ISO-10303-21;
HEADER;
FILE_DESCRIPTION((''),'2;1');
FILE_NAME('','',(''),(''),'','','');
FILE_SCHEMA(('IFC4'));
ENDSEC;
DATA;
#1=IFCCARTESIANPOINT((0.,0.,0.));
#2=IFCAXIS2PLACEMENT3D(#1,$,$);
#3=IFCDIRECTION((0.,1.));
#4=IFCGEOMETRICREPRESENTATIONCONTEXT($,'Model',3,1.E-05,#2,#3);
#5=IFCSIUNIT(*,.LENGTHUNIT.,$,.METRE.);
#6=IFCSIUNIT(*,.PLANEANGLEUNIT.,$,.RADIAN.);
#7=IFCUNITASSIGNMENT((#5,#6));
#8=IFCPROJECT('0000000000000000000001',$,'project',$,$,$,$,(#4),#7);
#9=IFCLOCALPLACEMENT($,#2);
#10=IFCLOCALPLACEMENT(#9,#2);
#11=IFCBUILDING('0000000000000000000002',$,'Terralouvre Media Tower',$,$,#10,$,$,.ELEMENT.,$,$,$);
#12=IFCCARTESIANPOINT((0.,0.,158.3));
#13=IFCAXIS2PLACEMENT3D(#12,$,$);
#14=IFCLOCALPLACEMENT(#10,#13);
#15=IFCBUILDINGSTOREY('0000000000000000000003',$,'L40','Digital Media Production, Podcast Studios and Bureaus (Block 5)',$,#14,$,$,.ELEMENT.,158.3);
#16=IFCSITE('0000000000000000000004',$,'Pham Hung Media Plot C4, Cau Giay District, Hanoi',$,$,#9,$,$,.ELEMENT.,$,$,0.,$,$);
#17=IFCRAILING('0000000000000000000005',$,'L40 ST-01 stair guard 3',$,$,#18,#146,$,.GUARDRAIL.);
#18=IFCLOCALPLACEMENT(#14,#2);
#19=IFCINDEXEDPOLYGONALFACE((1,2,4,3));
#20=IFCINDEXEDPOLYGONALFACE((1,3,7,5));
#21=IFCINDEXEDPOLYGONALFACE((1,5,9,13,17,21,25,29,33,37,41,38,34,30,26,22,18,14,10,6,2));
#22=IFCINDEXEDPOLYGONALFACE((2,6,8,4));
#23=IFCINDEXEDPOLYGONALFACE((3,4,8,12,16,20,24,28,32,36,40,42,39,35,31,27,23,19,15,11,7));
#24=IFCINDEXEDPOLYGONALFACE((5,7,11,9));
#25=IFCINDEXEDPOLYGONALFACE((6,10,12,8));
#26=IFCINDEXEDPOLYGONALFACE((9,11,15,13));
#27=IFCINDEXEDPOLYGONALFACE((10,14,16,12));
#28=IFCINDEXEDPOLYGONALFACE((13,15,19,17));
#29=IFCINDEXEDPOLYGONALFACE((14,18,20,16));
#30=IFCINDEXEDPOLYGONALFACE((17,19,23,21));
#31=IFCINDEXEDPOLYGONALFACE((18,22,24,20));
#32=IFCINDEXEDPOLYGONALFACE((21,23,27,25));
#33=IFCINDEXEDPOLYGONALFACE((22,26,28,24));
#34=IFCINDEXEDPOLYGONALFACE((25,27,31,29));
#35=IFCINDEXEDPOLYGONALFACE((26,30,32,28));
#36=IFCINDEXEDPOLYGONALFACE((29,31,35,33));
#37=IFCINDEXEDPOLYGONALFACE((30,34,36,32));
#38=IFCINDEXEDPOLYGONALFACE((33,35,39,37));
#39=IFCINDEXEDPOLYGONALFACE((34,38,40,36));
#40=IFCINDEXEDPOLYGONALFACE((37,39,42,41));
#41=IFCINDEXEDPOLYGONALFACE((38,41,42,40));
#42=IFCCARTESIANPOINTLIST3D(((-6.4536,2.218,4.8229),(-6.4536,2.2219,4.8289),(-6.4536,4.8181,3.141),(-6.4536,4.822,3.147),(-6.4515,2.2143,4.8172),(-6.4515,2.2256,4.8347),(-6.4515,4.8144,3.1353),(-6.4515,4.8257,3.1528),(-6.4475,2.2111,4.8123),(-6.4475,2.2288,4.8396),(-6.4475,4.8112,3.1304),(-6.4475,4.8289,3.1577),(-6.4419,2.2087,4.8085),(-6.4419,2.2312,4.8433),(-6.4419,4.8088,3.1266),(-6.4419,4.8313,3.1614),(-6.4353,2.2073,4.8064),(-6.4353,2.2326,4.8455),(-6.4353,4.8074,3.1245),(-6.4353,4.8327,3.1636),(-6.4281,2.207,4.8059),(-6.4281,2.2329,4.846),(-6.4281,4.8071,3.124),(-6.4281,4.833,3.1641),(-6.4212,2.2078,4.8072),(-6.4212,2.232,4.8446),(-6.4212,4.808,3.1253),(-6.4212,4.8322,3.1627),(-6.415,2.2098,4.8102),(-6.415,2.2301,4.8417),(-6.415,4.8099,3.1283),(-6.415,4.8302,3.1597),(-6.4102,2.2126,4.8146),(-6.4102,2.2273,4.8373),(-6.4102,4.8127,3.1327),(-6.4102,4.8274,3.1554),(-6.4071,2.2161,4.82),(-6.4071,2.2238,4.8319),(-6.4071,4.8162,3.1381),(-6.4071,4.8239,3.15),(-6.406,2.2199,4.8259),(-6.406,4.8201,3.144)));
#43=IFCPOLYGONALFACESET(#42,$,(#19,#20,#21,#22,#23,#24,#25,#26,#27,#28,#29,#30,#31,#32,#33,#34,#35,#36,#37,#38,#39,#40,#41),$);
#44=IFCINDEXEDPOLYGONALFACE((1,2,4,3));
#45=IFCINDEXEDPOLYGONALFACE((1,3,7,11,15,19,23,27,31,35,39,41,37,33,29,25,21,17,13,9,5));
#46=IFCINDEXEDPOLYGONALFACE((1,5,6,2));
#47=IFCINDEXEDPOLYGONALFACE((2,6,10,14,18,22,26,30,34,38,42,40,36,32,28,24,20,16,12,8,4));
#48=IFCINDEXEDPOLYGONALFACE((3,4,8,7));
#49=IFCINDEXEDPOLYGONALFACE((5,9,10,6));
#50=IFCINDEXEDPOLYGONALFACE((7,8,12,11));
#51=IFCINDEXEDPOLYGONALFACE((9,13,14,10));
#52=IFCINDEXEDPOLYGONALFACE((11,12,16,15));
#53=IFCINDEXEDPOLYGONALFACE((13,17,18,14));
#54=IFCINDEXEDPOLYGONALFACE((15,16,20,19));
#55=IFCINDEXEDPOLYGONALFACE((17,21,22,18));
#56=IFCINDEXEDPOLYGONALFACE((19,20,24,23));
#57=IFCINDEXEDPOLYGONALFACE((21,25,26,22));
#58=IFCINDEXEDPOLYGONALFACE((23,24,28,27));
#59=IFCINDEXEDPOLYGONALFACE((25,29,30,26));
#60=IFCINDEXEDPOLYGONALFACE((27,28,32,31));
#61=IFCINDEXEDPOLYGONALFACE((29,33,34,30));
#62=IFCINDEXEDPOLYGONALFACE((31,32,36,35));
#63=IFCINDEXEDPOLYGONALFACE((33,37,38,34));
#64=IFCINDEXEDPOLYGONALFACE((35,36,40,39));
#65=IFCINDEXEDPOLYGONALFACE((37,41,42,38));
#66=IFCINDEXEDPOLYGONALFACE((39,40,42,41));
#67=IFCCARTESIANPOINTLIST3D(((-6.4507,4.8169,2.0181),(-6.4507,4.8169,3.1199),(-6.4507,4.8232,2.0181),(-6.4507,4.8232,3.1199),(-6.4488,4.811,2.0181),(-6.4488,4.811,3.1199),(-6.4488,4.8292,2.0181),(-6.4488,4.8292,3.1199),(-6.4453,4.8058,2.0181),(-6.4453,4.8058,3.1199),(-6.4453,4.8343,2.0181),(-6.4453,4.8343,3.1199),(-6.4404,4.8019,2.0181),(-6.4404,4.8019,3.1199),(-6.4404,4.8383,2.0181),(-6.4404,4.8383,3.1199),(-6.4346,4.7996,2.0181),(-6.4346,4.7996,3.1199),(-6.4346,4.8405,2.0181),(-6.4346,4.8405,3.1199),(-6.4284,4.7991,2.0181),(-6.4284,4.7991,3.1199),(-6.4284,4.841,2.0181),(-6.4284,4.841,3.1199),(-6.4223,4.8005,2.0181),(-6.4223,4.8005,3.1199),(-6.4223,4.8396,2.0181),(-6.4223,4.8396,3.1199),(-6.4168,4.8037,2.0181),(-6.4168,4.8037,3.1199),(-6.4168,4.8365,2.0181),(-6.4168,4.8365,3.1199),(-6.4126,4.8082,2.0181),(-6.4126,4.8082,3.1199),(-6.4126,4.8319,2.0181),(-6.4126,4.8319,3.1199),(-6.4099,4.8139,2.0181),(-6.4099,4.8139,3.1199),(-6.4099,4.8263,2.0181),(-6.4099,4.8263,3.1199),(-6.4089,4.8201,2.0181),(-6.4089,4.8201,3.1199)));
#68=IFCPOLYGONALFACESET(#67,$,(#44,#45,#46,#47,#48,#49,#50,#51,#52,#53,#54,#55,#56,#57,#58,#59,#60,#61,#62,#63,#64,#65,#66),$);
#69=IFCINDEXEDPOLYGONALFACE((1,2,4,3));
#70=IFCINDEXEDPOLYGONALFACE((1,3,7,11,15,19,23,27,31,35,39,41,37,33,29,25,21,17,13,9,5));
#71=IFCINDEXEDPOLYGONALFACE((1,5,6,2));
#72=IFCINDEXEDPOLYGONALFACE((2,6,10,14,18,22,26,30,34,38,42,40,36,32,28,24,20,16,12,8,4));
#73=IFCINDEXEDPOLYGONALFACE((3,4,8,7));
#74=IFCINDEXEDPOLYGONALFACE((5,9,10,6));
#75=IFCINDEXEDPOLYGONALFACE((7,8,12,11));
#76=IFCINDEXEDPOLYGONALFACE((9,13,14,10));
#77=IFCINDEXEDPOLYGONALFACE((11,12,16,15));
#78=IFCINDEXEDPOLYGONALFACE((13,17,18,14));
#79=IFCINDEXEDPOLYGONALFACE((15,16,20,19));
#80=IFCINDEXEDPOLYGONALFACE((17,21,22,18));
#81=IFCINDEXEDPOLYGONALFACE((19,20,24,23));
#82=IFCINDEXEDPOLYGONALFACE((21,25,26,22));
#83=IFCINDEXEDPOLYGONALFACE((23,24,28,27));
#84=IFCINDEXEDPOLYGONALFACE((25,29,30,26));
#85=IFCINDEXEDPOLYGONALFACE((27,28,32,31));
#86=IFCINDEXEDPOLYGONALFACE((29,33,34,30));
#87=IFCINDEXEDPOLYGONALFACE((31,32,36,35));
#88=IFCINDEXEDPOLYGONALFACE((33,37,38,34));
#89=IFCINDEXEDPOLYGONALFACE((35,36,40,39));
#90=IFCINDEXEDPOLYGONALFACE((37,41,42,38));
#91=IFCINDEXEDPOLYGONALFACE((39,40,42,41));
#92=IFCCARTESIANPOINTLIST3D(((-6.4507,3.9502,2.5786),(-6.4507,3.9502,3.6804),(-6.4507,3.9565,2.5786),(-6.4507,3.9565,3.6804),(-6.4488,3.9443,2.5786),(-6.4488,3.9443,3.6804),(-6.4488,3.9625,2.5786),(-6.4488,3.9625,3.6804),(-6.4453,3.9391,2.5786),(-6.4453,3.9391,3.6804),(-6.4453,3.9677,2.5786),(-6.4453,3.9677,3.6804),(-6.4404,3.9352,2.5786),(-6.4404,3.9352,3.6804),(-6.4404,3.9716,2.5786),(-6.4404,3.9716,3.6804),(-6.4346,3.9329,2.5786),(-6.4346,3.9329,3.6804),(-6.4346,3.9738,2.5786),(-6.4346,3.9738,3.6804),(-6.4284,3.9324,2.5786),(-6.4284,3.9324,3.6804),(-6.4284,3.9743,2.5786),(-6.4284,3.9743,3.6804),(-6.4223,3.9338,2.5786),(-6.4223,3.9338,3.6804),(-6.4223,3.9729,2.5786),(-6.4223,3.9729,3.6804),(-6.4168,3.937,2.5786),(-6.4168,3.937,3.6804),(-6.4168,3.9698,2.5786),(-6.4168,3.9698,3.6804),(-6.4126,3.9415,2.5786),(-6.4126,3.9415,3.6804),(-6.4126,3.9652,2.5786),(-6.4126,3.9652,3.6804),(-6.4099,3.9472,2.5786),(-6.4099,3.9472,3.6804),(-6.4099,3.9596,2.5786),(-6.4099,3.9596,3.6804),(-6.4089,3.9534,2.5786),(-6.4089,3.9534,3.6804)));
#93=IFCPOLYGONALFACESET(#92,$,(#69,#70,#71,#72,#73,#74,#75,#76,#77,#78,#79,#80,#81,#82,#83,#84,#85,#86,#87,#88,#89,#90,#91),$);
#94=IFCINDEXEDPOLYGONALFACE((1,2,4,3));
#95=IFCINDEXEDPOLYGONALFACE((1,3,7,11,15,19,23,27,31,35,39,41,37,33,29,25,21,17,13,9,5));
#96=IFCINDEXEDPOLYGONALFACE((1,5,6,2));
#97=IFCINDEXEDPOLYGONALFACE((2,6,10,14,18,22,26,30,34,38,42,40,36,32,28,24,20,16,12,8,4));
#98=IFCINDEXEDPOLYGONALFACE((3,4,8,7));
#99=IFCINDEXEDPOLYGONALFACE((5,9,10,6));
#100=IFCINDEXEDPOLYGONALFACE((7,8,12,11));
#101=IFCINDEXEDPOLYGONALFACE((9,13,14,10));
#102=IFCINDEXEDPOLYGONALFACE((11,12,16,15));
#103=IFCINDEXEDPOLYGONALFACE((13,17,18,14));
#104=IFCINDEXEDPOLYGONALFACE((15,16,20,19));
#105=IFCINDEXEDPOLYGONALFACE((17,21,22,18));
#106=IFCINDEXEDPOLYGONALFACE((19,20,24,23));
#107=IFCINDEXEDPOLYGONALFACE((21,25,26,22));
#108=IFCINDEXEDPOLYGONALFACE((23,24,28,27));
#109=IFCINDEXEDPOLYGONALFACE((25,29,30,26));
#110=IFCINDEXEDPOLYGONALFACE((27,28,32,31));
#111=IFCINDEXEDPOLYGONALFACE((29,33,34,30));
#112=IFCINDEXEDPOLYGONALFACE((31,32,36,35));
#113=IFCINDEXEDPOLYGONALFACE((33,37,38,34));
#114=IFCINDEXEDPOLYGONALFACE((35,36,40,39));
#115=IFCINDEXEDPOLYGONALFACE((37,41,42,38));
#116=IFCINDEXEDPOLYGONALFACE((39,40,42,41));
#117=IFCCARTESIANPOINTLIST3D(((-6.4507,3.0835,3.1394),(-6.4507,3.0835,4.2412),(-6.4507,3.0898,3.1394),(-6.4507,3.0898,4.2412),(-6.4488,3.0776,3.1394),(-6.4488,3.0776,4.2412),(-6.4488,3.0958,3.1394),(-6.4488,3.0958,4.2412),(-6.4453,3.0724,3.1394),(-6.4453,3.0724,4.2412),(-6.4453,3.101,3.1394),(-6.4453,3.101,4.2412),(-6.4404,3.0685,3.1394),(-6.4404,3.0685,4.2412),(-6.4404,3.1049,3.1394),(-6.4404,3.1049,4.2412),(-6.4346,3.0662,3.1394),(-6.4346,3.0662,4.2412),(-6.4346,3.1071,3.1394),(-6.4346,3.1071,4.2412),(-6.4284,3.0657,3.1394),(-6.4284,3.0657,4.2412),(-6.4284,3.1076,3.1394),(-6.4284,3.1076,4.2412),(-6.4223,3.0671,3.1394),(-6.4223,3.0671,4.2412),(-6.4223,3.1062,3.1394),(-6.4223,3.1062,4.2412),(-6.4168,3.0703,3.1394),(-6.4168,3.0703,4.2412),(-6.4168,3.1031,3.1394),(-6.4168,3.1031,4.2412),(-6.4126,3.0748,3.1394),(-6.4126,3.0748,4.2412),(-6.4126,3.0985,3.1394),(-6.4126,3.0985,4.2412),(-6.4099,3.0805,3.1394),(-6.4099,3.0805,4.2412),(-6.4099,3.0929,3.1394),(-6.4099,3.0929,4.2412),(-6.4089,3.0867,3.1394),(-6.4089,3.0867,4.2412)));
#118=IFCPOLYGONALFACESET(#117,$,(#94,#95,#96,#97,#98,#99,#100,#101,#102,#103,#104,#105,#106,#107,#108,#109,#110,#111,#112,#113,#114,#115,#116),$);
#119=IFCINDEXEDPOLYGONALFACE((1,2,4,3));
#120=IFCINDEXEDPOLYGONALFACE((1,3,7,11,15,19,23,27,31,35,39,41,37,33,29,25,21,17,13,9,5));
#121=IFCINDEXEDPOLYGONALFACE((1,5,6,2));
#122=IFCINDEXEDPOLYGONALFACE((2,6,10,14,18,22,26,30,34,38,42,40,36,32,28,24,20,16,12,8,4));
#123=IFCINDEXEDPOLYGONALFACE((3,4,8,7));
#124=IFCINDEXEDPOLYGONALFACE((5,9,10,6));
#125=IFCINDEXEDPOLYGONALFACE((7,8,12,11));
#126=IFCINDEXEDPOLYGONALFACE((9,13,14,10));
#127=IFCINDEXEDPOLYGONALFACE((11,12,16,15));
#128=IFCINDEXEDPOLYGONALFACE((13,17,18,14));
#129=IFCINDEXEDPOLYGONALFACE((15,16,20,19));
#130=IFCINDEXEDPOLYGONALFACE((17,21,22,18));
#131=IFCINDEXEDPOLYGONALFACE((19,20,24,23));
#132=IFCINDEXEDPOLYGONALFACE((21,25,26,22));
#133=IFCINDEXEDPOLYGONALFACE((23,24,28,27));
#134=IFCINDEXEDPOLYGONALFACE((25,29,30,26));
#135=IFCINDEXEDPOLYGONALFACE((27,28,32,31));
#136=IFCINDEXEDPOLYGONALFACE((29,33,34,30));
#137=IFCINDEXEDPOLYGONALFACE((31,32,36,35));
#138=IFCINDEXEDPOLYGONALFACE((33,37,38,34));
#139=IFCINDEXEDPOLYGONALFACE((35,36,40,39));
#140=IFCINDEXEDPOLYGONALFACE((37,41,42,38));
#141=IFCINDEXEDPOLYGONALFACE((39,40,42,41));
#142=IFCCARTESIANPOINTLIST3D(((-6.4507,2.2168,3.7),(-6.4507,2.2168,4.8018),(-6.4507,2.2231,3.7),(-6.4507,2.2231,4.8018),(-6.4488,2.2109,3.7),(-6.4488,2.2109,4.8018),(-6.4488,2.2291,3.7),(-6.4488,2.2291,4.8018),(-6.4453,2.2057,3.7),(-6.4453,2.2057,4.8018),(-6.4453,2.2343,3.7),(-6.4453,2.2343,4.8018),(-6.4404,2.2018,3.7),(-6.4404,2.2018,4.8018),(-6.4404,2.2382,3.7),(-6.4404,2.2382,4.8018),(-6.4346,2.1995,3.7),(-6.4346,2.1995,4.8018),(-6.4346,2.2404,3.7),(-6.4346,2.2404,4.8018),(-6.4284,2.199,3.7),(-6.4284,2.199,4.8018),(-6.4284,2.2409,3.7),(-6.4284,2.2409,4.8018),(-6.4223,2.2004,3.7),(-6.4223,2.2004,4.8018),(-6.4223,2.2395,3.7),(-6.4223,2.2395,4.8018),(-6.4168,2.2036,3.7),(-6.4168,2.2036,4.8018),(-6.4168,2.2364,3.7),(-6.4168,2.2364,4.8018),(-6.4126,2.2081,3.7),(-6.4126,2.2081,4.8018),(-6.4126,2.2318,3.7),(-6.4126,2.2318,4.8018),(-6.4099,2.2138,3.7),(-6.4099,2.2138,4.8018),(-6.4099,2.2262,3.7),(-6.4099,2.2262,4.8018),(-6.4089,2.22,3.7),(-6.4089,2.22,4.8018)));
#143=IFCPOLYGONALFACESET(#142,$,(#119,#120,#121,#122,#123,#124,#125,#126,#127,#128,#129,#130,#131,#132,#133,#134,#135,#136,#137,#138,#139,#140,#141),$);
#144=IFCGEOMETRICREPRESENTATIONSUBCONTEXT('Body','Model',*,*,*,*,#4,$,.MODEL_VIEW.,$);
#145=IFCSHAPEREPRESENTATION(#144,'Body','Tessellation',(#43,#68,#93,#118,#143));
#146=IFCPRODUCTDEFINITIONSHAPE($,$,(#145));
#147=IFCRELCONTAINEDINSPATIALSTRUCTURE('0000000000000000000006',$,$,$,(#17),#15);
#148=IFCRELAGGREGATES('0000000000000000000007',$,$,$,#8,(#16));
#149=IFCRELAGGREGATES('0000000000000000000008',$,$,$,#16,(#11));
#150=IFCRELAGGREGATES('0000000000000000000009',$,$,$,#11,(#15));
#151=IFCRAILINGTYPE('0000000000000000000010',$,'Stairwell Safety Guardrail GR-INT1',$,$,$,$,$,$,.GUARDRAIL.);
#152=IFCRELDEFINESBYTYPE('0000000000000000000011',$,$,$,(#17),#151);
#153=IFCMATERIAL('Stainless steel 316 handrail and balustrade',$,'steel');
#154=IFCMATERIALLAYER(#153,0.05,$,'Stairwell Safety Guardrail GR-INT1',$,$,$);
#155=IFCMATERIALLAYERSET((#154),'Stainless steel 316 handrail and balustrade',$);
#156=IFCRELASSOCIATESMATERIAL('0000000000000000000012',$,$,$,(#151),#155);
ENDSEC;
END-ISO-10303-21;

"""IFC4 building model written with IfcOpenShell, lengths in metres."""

from ifc_helpers import new_model, si_unit, direction, frame, origin, origin_2d, place, context, subcontext, project, spatial, circle, extrude, material, layer, layer_set, type_object, element, save


model = new_model("IFC4")

# Units and contexts
model_context = context("Model", 3, precision=1e-05, world=origin(), true_north=direction((0.0, 1.0)))
body_context = subcontext(model_context, "Body", "Model", "MODEL_VIEW")
ifc_project = project(units=[si_unit("LENGTHUNIT", "METRE"), si_unit("PLANEANGLEUNIT", "RADIAN")], contexts=[model_context])

# Site, building, storey
site_placement = place(None, origin())
site = spatial("IfcSite", under=ifc_project, at=site_placement, Name="Pham Hung Media Plot C4, Cau Giay District, Hanoi", CompositionType="ELEMENT", RefElevation=0.0)
building_placement = place(site_placement, origin())
building = spatial("IfcBuilding", under=site, at=building_placement, Name="Terralouvre Media Tower", CompositionType="ELEMENT")
storey_placement = place(building_placement, frame((0.0, 0.0, 158.3)))
storey = spatial("IfcBuildingStorey", under=building, at=storey_placement, Name="L40", Description="Digital Media Production, Podcast Studios and Bureaus (Block 5)", CompositionType="ELEMENT", Elevation=158.3)

# Railing
ifc_material_1 = material(Name="Stainless steel 316 handrail and balustrade", Category="steel")
ifc_layer_1 = layer(ifc_material_1, 0.05, Name="Stairwell Safety Guardrail GR-INT1")
ifc_layer_set_1 = layer_set([ifc_layer_1], Name="Stainless steel 316 handrail and balustrade")
railing_type_1 = type_object("IfcRailingType", Name="Stairwell Safety Guardrail GR-INT1", PredefinedType="GUARDRAIL", material=ifc_layer_set_1)
railing_1_placement = place(storey_placement, frame((-6.4299, 4.8201, 2.0181)))
element("IfcRailing", 1, at=railing_1_placement, inside=storey, type_object=railing_type_1, Name="L40 ST-01 stair guard 3", PredefinedType="GUARDRAIL", context=body_context, shape_type="SweptSolid", body=[
    extrude(circle(Radius=0.0239, at=origin_2d()), frame((0.0, 0.0, 1.126), z_axis=(0.0, -0.839648, 0.54313), x_axis=(1.0, 0.0, 0.0)), (0.0, 0.0, 1.0), 3.0967),
    extrude(circle(Radius=0.021, at=origin_2d()), origin(), (0.0, 0.0, 1.0), 1.1018),
    extrude(circle(Radius=0.021, at=origin_2d()), frame((0.0, -0.8667, 0.5605)), (0.0, 0.0, 1.0), 1.1018),
    extrude(circle(Radius=0.021, at=origin_2d()), frame((0.0, -1.7334, 1.1213)), (0.0, 0.0, 1.0), 1.1018),
    extrude(circle(Radius=0.021, at=origin_2d()), frame((0.0, -2.6001, 1.6819)), (0.0, 0.0, 1.0), 1.1018),
])

save(model, "model.ifc")
